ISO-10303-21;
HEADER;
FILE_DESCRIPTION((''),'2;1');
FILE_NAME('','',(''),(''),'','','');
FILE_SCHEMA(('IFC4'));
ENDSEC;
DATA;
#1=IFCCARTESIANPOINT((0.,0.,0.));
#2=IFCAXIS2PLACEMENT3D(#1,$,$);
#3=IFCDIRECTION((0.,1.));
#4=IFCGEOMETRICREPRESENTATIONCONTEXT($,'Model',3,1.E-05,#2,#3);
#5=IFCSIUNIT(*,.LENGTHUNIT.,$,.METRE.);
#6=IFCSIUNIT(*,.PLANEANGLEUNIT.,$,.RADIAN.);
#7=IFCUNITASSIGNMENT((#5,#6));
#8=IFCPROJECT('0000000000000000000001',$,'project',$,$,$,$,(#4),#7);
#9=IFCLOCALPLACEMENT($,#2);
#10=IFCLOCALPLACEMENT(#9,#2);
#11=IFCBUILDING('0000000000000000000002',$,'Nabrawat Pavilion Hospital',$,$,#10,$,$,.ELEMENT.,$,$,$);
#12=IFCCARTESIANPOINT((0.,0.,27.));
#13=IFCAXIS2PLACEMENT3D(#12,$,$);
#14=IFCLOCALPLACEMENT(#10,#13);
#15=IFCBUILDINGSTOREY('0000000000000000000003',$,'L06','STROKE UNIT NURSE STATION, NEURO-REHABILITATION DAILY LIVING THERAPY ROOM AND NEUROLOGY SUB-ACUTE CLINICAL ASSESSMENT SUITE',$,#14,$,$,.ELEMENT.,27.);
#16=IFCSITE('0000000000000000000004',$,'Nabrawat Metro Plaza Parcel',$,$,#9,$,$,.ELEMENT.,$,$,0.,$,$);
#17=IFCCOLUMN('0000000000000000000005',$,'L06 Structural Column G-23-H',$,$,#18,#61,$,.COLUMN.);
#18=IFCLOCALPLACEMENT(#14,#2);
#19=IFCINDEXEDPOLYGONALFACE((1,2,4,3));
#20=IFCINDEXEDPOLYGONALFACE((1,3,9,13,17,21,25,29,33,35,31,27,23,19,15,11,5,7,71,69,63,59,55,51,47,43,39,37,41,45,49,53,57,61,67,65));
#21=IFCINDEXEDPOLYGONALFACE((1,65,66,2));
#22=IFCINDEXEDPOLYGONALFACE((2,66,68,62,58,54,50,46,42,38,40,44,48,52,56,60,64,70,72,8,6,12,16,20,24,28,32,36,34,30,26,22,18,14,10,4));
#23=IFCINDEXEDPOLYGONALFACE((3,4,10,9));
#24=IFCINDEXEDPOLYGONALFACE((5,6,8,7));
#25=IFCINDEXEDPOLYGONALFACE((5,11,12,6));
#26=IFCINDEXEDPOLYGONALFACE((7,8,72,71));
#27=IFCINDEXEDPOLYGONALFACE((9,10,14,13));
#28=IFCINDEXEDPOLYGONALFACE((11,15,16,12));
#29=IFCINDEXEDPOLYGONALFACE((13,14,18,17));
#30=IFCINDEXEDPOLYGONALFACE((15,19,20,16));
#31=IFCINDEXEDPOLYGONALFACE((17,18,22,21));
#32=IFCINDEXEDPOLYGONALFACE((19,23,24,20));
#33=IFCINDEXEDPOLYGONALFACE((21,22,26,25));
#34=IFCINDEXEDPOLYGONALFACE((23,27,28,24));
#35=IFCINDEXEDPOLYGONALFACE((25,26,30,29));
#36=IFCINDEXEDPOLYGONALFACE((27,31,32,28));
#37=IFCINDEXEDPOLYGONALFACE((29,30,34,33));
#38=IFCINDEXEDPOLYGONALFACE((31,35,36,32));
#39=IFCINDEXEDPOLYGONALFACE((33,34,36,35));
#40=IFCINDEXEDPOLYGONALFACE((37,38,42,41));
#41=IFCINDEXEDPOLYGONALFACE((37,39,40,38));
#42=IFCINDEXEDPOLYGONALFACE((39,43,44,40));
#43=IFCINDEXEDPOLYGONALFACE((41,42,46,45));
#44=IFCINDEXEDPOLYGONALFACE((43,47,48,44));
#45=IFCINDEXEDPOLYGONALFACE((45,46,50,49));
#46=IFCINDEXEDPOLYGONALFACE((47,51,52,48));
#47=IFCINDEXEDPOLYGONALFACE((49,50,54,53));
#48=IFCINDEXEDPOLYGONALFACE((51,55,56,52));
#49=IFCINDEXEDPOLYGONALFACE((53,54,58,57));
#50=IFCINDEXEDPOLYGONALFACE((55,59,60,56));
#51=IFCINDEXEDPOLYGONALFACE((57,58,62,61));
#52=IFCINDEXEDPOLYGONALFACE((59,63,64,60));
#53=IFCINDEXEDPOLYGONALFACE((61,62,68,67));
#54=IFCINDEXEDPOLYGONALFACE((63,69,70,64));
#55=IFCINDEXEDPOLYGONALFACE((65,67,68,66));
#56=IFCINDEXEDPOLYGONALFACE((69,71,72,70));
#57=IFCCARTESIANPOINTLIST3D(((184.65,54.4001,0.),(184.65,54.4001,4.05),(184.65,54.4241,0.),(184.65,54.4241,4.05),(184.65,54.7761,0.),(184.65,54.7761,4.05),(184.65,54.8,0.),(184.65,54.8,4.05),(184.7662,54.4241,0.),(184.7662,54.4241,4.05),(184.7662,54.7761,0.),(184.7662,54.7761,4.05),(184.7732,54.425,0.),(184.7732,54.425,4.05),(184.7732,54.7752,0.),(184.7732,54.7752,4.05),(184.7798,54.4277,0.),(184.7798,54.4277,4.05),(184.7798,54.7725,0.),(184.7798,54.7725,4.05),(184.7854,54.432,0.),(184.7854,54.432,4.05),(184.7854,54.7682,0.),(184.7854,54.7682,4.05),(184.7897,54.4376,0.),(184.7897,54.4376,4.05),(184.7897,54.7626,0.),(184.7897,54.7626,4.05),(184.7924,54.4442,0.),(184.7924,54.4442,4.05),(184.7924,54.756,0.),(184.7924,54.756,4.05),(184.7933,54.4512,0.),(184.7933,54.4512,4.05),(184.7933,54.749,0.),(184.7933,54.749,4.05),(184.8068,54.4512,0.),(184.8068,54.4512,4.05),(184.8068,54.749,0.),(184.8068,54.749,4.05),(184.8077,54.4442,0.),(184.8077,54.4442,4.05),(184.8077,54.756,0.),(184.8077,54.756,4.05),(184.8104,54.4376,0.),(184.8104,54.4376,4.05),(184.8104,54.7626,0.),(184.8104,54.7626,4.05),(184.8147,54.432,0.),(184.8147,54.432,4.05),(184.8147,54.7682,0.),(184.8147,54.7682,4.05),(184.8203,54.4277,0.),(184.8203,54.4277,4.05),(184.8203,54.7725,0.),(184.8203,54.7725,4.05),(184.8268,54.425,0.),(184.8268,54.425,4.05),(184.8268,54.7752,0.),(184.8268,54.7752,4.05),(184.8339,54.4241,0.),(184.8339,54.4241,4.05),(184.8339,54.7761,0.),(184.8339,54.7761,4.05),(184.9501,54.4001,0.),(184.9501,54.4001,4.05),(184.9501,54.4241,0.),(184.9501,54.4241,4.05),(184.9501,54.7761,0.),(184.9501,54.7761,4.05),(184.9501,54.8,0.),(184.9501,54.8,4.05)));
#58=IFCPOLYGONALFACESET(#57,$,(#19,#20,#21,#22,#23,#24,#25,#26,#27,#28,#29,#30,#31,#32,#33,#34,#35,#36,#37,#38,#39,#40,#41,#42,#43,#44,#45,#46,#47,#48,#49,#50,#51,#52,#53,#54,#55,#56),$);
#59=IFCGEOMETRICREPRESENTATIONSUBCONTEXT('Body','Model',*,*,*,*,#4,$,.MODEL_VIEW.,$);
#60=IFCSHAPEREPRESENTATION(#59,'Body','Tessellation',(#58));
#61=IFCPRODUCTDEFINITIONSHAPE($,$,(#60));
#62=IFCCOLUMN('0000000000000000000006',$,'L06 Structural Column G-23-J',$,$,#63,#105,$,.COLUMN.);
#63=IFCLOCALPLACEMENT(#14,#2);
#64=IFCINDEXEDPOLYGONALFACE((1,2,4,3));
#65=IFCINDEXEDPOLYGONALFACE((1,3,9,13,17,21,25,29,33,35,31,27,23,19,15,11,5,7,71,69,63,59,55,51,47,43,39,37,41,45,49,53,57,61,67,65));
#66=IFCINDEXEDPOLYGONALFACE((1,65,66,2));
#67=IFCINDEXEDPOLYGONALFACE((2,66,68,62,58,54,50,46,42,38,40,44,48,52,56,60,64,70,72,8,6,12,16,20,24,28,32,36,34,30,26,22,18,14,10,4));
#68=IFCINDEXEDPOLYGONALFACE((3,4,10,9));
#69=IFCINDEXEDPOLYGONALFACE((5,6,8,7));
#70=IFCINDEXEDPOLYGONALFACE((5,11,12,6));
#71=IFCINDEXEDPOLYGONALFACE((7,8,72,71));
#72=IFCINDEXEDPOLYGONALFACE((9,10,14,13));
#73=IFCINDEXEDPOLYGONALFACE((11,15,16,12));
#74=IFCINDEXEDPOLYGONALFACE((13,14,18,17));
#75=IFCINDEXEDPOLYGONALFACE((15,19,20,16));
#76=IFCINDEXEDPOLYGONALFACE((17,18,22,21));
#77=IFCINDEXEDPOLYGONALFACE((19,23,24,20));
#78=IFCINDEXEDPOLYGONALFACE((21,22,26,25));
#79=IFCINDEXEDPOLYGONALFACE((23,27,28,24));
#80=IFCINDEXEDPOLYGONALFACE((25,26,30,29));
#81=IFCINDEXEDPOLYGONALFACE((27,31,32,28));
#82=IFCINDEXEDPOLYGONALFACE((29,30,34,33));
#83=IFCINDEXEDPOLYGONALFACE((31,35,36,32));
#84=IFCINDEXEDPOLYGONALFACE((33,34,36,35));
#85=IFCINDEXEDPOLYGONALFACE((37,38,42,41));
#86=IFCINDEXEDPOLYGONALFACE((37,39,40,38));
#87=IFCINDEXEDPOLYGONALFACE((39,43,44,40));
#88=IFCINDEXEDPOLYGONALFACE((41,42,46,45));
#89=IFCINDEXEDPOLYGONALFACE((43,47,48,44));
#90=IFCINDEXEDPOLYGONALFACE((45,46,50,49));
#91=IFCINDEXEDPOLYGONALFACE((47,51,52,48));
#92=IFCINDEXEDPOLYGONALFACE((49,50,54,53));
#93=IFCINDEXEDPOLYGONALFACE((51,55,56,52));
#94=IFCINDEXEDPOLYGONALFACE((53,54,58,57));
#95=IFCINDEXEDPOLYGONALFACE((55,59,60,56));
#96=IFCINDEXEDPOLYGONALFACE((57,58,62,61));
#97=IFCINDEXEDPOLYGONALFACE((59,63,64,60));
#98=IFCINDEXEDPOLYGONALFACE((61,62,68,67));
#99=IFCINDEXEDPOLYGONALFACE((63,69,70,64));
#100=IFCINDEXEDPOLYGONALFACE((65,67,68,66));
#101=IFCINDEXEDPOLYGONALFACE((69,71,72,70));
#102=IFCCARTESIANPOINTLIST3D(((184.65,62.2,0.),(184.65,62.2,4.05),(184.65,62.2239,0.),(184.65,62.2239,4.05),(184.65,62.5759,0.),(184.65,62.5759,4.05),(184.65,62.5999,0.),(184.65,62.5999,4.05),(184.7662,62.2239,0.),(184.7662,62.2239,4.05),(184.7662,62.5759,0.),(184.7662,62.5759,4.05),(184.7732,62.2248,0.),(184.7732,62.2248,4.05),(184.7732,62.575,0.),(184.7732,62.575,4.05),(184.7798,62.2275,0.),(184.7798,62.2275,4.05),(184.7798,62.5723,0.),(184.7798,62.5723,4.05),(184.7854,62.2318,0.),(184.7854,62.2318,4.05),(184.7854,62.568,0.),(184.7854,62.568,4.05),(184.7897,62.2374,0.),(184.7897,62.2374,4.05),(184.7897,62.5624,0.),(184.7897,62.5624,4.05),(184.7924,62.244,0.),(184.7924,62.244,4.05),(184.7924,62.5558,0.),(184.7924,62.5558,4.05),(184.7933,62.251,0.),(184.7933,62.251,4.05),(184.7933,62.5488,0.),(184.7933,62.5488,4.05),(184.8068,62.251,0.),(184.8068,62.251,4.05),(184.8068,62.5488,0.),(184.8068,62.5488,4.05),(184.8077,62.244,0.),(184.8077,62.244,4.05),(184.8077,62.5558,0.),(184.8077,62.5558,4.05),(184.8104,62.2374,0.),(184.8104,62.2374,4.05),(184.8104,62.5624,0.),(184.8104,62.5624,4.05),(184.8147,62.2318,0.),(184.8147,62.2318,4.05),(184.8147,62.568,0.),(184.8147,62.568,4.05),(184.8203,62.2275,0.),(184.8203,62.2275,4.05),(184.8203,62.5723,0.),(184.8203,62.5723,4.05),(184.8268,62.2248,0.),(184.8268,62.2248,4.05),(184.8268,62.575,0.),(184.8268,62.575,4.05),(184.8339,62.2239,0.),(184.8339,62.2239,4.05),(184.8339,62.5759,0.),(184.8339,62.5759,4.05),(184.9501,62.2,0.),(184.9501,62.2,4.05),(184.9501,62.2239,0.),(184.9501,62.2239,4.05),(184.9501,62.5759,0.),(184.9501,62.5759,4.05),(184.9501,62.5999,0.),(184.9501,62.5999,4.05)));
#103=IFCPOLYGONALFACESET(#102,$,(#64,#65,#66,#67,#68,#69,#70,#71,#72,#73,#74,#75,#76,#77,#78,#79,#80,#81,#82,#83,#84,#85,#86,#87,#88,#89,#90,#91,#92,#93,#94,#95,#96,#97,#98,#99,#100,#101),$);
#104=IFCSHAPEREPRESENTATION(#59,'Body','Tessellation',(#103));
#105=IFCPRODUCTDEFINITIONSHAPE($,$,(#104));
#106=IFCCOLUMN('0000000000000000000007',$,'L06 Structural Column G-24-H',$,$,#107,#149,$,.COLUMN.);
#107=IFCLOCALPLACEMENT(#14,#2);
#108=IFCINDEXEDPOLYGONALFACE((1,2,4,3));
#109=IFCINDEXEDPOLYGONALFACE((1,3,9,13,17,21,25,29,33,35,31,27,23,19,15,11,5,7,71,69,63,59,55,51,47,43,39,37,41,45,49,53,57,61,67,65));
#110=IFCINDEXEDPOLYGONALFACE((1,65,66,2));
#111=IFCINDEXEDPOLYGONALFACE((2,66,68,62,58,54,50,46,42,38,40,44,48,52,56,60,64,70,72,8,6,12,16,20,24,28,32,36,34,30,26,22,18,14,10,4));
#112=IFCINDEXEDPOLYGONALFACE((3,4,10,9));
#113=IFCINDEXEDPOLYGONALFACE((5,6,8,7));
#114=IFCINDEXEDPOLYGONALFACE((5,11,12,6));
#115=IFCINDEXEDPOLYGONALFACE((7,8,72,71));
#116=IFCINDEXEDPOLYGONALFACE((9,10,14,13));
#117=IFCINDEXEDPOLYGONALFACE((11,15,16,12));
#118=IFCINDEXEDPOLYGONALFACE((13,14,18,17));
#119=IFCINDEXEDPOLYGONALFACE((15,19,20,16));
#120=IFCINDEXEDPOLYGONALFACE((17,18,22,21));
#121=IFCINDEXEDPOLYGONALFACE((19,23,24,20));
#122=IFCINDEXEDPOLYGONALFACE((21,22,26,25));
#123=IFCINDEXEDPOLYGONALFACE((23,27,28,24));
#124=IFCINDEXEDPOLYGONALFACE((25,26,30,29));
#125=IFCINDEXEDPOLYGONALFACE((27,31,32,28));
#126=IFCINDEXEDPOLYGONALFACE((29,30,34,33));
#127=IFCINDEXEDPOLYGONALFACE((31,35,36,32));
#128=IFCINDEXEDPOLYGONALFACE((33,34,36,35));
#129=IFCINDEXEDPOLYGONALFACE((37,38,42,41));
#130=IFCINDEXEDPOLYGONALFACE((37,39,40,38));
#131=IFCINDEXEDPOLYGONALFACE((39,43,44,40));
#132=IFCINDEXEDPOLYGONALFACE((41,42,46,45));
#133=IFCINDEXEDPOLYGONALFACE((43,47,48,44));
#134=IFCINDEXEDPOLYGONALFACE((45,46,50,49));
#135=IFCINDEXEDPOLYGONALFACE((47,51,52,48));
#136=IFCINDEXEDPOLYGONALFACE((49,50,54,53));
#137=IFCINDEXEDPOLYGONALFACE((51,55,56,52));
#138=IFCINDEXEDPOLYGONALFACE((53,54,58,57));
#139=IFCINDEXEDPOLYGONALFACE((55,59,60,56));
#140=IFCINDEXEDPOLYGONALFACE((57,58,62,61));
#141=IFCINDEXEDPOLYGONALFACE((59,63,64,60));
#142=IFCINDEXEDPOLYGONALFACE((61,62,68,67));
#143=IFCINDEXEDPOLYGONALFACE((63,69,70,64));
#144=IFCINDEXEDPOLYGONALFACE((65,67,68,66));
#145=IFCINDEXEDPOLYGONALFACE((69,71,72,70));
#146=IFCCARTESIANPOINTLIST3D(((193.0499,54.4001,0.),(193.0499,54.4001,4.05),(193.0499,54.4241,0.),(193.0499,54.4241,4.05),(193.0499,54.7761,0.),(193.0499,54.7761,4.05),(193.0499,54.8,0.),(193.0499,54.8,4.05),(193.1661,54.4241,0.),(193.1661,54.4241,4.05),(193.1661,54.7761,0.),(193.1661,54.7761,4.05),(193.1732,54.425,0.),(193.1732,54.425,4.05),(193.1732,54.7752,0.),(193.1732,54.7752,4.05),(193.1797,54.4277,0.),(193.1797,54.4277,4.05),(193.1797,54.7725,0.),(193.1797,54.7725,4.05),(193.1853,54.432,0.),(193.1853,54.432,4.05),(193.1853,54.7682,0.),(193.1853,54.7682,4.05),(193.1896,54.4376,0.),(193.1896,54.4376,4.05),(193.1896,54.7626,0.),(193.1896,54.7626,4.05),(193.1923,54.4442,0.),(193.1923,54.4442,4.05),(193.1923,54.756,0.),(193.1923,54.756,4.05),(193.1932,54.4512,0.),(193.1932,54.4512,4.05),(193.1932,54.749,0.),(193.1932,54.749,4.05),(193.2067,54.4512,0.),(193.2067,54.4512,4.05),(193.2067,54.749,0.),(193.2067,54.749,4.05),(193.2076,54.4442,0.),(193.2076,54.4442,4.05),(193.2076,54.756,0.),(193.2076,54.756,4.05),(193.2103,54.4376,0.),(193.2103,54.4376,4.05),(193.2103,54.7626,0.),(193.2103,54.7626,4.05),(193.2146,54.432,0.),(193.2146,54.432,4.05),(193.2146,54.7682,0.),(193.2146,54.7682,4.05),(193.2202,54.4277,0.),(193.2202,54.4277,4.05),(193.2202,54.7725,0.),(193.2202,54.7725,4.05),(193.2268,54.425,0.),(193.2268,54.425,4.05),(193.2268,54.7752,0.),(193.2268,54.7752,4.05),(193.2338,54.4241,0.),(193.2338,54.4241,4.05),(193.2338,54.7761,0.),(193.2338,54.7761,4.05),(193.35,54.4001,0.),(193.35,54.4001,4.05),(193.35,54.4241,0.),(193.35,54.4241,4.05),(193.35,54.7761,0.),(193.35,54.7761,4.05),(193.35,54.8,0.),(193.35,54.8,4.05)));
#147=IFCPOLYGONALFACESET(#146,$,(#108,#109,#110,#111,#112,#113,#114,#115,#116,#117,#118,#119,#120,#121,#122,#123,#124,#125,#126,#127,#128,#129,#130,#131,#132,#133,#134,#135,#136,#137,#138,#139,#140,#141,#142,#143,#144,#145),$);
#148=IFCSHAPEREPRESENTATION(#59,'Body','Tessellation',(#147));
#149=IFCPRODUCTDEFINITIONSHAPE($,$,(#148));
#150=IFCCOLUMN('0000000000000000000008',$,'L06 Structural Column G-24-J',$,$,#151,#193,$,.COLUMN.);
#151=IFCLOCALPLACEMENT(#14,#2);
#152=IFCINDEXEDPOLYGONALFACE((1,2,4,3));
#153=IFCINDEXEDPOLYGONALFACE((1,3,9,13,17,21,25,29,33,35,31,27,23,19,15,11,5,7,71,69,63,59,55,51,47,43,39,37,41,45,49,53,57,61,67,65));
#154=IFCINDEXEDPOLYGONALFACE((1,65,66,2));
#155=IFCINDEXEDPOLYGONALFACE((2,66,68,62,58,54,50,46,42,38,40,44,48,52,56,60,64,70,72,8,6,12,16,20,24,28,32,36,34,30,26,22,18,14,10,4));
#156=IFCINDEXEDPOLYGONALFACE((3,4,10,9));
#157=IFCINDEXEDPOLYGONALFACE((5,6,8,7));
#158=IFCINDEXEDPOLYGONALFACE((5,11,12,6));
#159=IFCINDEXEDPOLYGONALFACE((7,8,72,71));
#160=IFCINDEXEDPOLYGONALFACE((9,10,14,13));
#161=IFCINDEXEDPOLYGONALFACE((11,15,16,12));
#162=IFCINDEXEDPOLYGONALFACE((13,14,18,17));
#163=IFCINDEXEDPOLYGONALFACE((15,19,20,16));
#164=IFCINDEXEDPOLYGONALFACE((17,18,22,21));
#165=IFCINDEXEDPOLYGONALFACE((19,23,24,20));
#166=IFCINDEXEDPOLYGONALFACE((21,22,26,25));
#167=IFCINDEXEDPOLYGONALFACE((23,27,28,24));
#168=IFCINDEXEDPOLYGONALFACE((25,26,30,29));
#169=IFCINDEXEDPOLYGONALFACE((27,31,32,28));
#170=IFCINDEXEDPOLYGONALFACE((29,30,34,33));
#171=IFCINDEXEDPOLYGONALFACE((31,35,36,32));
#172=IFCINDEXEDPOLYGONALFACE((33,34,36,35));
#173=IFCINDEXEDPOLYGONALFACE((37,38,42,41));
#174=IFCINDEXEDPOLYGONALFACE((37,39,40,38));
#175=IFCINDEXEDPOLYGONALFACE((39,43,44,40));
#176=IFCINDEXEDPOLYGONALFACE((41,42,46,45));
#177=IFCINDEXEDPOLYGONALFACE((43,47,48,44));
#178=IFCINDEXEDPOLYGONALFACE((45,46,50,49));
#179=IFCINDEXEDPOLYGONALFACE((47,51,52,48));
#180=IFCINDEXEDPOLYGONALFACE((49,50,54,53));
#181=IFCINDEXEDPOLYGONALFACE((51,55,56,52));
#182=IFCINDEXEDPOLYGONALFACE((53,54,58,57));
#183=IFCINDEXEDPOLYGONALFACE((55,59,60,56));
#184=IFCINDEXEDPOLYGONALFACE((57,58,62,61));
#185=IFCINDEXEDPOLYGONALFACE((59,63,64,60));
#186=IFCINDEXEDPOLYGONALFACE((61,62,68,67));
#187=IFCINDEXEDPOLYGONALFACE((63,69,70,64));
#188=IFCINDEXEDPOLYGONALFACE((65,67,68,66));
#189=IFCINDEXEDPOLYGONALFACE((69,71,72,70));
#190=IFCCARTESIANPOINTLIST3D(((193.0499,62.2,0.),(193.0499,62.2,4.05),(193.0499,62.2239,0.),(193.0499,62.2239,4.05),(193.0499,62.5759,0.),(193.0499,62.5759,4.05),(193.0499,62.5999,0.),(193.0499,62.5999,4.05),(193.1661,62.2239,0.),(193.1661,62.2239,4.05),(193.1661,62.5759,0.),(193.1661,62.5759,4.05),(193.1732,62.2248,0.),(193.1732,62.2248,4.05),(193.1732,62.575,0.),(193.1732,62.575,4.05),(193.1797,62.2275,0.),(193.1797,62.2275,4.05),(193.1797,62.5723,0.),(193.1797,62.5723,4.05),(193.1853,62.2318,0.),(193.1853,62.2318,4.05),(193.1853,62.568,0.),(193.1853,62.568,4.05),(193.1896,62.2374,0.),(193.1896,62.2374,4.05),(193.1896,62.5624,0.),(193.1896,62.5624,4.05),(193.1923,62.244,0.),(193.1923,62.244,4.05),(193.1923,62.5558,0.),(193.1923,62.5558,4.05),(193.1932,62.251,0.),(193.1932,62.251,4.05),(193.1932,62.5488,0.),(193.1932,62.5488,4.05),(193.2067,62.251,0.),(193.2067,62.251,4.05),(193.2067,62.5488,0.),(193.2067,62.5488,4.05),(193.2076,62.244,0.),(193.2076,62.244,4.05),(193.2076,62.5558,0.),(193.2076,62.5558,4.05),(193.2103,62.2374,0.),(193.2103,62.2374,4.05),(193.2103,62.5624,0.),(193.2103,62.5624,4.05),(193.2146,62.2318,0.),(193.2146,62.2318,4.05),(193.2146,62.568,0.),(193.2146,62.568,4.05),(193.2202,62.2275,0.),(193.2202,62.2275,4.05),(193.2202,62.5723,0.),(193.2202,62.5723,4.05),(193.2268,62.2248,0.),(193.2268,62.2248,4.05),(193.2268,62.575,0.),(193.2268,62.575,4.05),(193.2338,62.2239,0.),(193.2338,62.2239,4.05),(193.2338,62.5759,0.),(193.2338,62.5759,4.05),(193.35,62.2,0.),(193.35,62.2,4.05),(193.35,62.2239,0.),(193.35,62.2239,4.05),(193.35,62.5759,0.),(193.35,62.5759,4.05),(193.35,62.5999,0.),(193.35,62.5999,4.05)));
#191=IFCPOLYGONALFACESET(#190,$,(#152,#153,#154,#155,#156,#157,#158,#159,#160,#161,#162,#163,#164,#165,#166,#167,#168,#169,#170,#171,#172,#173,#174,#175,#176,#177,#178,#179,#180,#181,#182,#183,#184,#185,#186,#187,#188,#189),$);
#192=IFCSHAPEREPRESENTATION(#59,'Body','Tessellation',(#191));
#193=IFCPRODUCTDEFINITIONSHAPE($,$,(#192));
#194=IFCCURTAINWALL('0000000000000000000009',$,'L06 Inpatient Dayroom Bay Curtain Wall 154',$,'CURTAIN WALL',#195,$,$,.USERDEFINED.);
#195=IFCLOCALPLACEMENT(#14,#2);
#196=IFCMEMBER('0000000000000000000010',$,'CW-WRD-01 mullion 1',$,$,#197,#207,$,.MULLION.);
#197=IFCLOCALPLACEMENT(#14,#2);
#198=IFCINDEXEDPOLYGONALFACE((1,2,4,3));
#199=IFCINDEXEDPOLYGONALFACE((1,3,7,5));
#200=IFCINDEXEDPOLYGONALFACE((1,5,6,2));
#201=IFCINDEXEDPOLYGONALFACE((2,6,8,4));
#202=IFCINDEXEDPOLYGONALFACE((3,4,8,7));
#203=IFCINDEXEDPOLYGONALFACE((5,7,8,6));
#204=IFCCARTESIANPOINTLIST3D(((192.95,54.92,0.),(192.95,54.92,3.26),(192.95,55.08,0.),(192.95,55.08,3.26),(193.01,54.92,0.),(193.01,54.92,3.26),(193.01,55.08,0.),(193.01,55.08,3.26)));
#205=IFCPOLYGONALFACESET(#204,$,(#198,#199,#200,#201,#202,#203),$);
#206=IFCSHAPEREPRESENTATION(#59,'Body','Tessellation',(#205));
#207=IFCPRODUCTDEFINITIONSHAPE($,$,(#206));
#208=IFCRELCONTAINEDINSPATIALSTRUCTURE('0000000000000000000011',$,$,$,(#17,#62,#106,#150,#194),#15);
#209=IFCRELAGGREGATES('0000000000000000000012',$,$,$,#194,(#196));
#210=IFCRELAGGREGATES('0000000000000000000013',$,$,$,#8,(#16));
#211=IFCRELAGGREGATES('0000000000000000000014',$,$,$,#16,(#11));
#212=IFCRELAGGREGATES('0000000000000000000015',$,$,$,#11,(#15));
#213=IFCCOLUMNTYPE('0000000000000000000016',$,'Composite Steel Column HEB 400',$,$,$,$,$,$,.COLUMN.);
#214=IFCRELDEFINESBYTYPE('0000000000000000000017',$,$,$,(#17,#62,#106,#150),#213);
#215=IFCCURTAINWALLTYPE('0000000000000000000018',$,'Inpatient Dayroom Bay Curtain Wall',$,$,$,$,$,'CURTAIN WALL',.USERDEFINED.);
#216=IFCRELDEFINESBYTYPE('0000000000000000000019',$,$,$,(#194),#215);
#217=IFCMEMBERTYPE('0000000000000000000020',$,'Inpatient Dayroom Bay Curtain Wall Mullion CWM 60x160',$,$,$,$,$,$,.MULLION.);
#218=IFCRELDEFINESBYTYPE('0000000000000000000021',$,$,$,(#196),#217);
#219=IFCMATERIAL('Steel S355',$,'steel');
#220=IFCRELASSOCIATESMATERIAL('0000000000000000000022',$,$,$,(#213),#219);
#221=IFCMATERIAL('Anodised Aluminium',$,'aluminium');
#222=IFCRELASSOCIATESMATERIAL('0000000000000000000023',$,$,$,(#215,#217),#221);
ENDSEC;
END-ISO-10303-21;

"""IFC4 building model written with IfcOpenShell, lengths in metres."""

from ifc_helpers import new_model, si_unit, direction, frame, origin, origin_2d, place, context, subcontext, project, spatial, rectangle, i_section, extrude, material, material_profile, profile_set, type_object, element, aggregate, save


model = new_model("IFC4")

# Units and contexts
model_context = context("Model", 3, precision=1e-05, world=origin(), true_north=direction((0.0, 1.0)))
body_context = subcontext(model_context, "Body", "Model", "MODEL_VIEW")
ifc_project = project(units=[si_unit("LENGTHUNIT", "METRE"), si_unit("PLANEANGLEUNIT", "RADIAN")], contexts=[model_context])

# Site, building, storey
site_placement = place(None, origin())
site = spatial("IfcSite", under=ifc_project, at=site_placement, Name="Nabrawat Metro Plaza Parcel", CompositionType="ELEMENT", RefElevation=0.0)
building_placement = place(site_placement, origin())
building = spatial("IfcBuilding", under=site, at=building_placement, Name="Nabrawat Pavilion Hospital", CompositionType="ELEMENT")
storey_placement = place(building_placement, frame((0.0, 0.0, 27.0)))
storey = spatial("IfcBuildingStorey", under=building, at=storey_placement, Name="L06", Description="STROKE UNIT NURSE STATION, NEURO-REHABILITATION DAILY LIVING THERAPY ROOM AND NEUROLOGY SUB-ACUTE CLINICAL ASSESSMENT SUITE", CompositionType="ELEMENT", Elevation=27.0)

# Columns
ifc_material_1 = material(Name="Steel S355", Category="steel")
ifc_material_profile_1 = material_profile(ifc_material_1, i_section(OverallWidth=0.3, OverallDepth=0.3999, WebThickness=0.0134, FlangeThickness=0.0239, FilletRadius=0.0271, at=origin_2d()), Name="HEB 400")
ifc_profile_set_1 = profile_set([ifc_material_profile_1], Name="Steel S355")
column_type = type_object("IfcColumnType", Name="Composite Steel Column HEB 400", PredefinedType="COLUMN", material=ifc_profile_set_1)
for number, where, z_axis, x_axis, name in (
    (1, (184.8, 54.6001, 0.0), (0.0, 0.0, 1.0), (1.0, 0.0, 0.0), "L06 Structural Column G-23-H"),
    (2, (184.8, 62.3999, 0.0), (0.0, 0.0, 1.0), (1.0, 0.0, 0.0), "L06 Structural Column G-23-J"),
    (3, (193.2, 54.6001, 0.0), (0.0, 0.0, 1.0), (1.0, 0.0, 0.0), "L06 Structural Column G-24-H"),
    (4, (193.2, 62.3999, 0.0), (0.0, 0.0, 1.0), (1.0, 0.0, 0.0), "L06 Structural Column G-24-J"),
):
    element("IfcColumn", number, at=place(storey_placement, frame(where, z_axis=z_axis, x_axis=x_axis)), inside=storey, type_object=column_type, Name=name, PredefinedType="COLUMN", context=body_context, shape_type="SweptSolid", body=[
        extrude(i_section(OverallWidth=0.3, OverallDepth=0.3999, WebThickness=0.0134, FlangeThickness=0.0239, FilletRadius=0.0271, at=origin_2d()), origin(), (0.0, 0.0, 1.0), 4.05),
    ])

# Curtain wall, member
ifc_material_2 = material(Name="Anodised Aluminium", Category="aluminium")
curtain_wall_type = type_object("IfcCurtainWallType", Name="Inpatient Dayroom Bay Curtain Wall", ElementType="CURTAIN WALL", PredefinedType="USERDEFINED", material=ifc_material_2)
curtain_wall_placement = place(storey_placement, origin())
curtain_wall = element("IfcCurtainWall", 5, at=curtain_wall_placement, inside=storey, type_object=curtain_wall_type, Name="L06 Inpatient Dayroom Bay Curtain Wall 154", ObjectType="CURTAIN WALL", PredefinedType="USERDEFINED")
ifc_material_profile_2 = material_profile(ifc_material_2, rectangle(XDim=0.0601, YDim=0.1599, at=origin_2d()), Name="CWM 60x160")
ifc_profile_set_2 = profile_set([ifc_material_profile_2], Name="Anodised Aluminium")
member_type_1 = type_object("IfcMemberType", Name="Inpatient Dayroom Bay Curtain Wall Mullion CWM 60x160", PredefinedType="MULLION", material=ifc_profile_set_2)
member_1_placement = place(storey_placement, frame((192.98, 55.0, 0.0), z_axis=(0.0, 0.0, 1.0), x_axis=(-1.0, 0.0, 0.0)))
member_1 = element("IfcMember", 6, at=member_1_placement, type_object=member_type_1, Name="CW-WRD-01 mullion 1", PredefinedType="MULLION", context=body_context, shape_type="SweptSolid", body=[
    extrude(rectangle(XDim=0.0601, YDim=0.1599, at=origin_2d()), origin(), (0.0, 0.0, 1.0), 3.26),
])

aggregate(curtain_wall, [member_1])

save(model, "model.ifc")
